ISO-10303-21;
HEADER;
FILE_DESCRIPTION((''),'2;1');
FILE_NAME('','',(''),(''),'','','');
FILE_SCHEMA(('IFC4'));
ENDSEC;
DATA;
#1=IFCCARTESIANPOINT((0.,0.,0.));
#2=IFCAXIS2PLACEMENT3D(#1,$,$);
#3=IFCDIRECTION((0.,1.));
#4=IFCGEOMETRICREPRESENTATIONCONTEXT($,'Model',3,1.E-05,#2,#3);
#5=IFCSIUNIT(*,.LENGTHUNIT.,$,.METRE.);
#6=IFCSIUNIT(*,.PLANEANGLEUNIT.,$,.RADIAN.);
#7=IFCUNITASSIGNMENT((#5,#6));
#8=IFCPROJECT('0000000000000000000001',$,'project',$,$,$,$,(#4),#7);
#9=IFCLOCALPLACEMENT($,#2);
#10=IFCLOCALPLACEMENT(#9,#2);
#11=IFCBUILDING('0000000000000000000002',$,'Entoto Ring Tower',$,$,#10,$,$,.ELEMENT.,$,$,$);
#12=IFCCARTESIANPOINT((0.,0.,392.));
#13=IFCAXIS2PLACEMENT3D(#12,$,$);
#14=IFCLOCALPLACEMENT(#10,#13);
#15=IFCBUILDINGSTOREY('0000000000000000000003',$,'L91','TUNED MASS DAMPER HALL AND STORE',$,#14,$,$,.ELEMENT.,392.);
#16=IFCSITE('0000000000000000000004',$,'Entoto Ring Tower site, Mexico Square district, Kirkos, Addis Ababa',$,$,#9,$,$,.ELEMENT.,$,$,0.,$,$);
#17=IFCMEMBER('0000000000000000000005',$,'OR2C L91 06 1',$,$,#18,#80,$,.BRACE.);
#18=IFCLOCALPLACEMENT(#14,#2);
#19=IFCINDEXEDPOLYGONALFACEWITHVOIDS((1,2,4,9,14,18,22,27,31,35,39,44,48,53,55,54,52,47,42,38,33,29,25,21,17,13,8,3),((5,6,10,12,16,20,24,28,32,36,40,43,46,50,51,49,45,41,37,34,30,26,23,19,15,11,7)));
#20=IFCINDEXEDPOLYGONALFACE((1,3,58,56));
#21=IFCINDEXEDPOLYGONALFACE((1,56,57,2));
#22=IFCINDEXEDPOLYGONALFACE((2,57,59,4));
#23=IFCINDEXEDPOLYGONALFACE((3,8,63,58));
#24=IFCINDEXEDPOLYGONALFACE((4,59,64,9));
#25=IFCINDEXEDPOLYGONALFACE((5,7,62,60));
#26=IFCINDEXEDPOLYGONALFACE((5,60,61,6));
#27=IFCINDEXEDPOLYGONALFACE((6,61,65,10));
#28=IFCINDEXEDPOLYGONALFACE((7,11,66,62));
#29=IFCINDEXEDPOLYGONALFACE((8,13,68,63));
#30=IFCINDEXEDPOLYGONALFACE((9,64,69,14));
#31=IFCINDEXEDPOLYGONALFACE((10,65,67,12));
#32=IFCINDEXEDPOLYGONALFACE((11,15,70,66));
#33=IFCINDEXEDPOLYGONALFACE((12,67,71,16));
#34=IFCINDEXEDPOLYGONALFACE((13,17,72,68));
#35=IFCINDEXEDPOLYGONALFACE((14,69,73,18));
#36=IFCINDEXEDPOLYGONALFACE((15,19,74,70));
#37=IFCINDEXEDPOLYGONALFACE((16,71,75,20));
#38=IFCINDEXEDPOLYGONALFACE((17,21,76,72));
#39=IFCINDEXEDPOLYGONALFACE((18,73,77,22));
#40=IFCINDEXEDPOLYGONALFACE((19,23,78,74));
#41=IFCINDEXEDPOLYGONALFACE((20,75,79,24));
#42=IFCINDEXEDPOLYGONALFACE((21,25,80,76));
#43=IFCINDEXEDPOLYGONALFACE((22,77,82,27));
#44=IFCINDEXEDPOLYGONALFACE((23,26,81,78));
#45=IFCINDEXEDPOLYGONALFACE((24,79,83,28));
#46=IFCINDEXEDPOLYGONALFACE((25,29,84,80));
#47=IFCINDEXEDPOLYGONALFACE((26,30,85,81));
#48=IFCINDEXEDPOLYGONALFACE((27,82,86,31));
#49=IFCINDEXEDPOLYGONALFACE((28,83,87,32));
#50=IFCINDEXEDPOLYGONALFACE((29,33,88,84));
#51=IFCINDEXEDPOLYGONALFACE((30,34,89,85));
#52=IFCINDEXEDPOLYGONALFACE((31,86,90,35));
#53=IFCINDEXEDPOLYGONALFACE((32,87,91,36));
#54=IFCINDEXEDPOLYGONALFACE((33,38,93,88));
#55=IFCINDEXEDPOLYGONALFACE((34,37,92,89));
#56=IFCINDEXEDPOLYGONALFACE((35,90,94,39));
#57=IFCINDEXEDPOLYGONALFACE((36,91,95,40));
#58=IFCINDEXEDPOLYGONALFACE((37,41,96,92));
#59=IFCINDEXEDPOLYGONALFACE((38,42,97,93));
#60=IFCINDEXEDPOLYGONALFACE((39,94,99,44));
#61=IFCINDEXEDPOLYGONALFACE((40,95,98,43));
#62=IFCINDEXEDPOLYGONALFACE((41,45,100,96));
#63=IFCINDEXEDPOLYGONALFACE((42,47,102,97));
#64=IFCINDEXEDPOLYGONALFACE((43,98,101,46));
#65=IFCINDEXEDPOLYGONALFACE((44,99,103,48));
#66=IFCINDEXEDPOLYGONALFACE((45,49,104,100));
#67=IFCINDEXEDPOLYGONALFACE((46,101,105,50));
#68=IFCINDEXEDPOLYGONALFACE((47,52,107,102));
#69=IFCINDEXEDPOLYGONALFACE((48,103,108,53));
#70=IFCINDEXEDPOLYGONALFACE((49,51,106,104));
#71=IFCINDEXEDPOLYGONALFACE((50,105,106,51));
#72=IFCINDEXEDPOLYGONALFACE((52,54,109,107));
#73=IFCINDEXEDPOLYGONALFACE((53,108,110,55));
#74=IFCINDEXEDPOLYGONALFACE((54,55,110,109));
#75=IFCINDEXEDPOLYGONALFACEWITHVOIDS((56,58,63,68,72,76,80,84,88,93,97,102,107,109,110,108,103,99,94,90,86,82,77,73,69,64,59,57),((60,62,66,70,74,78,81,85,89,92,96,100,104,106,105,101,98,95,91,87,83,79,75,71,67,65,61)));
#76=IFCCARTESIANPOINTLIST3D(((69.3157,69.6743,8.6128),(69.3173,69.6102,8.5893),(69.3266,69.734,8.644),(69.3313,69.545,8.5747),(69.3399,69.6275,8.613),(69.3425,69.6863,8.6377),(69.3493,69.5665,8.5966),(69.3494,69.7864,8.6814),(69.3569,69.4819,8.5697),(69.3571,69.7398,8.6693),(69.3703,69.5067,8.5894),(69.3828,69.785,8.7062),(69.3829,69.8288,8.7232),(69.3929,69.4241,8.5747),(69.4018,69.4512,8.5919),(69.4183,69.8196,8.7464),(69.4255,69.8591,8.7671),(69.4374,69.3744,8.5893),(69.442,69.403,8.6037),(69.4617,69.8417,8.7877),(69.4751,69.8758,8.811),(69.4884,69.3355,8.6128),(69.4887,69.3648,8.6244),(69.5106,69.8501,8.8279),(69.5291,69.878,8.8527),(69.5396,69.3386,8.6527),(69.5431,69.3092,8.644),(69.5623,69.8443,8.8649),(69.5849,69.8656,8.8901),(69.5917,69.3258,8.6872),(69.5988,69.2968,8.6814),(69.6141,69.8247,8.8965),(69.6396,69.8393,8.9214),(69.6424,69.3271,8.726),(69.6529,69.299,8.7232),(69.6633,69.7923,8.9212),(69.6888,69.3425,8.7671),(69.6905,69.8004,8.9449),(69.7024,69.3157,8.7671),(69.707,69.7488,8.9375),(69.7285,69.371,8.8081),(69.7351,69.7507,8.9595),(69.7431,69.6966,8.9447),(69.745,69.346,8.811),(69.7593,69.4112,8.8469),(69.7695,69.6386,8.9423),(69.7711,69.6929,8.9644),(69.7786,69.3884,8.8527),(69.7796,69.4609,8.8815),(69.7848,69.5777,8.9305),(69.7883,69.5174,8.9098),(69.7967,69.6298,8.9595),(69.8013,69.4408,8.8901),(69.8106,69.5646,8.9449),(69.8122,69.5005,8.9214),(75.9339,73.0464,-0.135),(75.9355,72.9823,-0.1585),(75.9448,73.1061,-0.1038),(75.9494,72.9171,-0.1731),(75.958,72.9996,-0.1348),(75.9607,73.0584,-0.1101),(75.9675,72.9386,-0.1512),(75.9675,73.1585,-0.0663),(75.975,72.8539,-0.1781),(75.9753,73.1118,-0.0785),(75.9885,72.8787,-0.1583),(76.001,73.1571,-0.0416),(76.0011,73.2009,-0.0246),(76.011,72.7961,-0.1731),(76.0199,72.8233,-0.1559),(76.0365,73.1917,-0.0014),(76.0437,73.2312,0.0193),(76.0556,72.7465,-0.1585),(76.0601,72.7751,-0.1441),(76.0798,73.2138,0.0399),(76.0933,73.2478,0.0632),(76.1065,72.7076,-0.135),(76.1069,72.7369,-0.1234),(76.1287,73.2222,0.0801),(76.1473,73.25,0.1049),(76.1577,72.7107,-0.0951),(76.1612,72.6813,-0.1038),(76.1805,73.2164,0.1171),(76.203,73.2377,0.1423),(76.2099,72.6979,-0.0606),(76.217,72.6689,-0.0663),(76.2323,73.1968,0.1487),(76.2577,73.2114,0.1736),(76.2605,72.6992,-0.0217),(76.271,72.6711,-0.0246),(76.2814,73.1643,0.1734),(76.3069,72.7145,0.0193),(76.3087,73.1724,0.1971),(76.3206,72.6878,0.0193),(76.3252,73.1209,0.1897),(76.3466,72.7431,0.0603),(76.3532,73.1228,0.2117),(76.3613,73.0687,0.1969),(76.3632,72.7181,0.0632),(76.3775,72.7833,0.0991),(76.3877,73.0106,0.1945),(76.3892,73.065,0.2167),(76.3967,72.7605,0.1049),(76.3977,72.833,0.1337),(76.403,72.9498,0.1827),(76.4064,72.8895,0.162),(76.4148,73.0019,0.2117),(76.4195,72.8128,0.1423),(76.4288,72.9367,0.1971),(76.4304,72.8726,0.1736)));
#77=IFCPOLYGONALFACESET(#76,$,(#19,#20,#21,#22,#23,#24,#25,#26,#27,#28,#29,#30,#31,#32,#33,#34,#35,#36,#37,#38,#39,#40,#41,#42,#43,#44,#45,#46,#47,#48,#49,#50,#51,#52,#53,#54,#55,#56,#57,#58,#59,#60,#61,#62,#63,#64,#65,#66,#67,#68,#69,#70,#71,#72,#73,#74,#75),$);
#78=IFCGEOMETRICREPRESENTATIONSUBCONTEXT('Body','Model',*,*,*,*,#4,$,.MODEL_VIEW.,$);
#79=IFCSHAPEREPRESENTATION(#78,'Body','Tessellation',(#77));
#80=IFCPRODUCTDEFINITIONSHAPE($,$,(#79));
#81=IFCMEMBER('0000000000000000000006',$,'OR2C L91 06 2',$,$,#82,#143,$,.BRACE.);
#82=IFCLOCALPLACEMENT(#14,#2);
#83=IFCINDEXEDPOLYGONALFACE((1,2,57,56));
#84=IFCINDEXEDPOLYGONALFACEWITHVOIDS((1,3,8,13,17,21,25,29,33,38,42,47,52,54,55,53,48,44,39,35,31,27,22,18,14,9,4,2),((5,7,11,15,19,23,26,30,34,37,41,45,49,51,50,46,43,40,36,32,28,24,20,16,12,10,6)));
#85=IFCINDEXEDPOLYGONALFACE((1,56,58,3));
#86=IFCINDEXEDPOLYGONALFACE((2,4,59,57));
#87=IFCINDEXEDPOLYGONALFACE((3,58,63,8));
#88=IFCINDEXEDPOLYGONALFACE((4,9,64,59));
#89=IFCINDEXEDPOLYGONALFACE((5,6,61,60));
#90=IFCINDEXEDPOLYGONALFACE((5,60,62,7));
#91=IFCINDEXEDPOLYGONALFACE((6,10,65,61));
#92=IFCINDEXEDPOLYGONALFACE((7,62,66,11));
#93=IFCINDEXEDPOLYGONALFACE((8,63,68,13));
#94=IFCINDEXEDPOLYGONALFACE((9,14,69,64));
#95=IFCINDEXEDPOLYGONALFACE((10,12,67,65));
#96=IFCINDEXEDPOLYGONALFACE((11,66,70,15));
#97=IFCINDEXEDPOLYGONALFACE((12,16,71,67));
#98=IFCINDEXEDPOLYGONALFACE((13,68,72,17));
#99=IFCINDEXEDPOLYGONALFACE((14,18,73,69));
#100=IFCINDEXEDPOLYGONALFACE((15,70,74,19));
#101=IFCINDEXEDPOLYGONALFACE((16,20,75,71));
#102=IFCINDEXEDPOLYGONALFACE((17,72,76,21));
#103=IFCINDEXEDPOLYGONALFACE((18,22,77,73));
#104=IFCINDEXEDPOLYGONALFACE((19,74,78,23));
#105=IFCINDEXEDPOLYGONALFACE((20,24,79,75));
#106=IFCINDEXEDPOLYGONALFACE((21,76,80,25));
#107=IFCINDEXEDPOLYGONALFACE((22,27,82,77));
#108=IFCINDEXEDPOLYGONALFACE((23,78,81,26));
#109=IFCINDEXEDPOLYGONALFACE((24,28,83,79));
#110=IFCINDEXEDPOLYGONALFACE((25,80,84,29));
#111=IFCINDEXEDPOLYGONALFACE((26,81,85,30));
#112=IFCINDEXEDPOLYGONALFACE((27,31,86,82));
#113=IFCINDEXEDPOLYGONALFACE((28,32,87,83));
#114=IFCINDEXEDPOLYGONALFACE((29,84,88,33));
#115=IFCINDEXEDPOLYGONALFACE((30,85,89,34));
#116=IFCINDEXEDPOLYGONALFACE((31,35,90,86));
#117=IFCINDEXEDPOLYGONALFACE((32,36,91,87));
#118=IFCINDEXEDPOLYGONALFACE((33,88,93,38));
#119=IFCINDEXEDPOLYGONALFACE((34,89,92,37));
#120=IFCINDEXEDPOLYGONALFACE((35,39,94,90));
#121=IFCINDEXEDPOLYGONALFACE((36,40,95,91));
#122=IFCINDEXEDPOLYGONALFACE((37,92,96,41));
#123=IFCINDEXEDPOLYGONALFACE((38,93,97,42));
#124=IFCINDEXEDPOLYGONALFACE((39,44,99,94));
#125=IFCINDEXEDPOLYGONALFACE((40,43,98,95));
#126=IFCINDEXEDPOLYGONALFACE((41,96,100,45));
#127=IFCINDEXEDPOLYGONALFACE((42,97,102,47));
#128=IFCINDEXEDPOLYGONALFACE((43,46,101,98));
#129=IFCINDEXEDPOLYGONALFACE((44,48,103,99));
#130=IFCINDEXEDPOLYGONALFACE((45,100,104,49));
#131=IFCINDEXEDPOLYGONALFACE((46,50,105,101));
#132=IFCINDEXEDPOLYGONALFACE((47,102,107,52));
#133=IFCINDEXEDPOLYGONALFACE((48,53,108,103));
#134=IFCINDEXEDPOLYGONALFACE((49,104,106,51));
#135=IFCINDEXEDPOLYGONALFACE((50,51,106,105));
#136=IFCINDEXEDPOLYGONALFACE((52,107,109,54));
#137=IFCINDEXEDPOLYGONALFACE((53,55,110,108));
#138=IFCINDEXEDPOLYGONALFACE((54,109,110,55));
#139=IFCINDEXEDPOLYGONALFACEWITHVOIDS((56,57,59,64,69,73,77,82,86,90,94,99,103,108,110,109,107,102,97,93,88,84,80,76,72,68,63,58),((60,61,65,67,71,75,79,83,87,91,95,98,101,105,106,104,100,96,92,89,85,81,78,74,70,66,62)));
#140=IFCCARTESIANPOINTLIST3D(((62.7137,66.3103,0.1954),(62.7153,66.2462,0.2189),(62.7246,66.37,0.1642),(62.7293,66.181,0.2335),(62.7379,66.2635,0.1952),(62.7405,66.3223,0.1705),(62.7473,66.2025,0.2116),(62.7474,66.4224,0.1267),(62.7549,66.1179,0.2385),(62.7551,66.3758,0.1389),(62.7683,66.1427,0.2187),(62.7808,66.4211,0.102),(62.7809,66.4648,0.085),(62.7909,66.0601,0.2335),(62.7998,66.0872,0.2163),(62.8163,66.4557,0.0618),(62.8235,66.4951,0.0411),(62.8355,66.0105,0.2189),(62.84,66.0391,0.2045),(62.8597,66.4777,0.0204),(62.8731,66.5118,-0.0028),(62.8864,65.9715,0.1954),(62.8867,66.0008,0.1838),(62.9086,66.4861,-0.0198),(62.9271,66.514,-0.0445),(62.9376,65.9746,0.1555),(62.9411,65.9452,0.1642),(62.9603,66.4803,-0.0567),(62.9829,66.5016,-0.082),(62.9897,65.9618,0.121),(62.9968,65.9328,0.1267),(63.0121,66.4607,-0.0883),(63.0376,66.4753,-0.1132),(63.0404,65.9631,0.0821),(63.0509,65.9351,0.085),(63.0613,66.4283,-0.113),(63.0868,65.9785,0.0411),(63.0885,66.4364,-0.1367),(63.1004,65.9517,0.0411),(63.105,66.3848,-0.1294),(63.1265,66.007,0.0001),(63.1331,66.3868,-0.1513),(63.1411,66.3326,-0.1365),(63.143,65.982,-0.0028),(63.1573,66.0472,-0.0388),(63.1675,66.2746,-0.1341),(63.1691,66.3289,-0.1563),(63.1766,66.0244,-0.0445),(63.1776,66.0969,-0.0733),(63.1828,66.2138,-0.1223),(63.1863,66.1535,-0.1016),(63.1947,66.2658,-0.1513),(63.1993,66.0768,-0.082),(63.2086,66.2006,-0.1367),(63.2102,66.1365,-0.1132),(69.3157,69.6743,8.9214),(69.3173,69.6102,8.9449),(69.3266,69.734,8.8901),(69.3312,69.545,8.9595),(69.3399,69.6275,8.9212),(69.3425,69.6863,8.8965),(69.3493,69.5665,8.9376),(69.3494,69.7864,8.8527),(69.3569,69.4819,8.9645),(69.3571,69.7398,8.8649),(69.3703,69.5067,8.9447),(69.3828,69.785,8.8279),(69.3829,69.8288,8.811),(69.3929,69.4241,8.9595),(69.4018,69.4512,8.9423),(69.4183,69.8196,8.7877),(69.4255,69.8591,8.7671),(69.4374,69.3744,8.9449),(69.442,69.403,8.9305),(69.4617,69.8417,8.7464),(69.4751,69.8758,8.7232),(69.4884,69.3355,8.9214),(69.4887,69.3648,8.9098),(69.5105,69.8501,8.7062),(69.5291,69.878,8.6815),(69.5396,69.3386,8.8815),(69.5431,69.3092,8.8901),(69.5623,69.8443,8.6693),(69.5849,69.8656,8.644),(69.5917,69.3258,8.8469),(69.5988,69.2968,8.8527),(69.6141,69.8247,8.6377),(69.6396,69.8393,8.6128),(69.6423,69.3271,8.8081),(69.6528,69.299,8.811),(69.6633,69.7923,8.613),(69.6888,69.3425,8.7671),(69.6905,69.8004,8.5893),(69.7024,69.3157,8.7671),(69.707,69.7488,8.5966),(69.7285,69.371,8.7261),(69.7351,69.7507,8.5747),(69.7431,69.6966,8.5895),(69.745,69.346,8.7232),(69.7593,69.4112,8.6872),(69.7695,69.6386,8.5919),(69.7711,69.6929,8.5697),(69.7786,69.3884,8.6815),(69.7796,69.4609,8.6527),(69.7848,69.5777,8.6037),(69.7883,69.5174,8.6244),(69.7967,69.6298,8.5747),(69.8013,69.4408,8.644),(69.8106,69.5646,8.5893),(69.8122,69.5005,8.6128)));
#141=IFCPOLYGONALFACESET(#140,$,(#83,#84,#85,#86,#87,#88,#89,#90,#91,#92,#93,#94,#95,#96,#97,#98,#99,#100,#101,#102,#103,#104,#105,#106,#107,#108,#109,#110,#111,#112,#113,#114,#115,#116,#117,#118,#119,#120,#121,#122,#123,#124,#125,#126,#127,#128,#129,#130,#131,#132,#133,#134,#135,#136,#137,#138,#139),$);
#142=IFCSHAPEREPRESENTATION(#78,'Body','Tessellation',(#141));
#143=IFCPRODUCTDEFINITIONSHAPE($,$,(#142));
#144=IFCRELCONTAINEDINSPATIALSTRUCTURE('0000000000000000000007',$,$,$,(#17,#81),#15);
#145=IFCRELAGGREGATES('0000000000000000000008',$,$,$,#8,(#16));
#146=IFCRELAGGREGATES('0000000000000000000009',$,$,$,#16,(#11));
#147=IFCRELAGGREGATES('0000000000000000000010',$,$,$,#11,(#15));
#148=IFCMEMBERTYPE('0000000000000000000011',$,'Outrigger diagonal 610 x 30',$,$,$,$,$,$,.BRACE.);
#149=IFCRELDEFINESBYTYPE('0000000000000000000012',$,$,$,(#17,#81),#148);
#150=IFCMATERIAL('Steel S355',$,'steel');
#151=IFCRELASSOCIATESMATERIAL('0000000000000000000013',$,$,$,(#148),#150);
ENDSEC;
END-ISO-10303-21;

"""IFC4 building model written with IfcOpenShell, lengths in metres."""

from ifc_helpers import new_model, si_unit, direction, frame, origin, origin_2d, place, context, subcontext, project, spatial, circle, hollow_circle, extrude, material, material_profile, profile_set, type_object, element, save


model = new_model("IFC4")

# Units and contexts
model_context = context("Model", 3, precision=1e-05, world=origin(), true_north=direction((0.0, 1.0)))
body_context = subcontext(model_context, "Body", "Model", "MODEL_VIEW")
ifc_project = project(units=[si_unit("LENGTHUNIT", "METRE"), si_unit("PLANEANGLEUNIT", "RADIAN")], contexts=[model_context])

# Site, building, storey
site_placement = place(None, origin())
site = spatial("IfcSite", under=ifc_project, at=site_placement, Name="Entoto Ring Tower site, Mexico Square district, Kirkos, Addis Ababa", CompositionType="ELEMENT", RefElevation=0.0)
building_placement = place(site_placement, origin())
building = spatial("IfcBuilding", under=site, at=building_placement, Name="Entoto Ring Tower", CompositionType="ELEMENT")
storey_placement = place(building_placement, frame((0.0, 0.0, 392.0)))
storey = spatial("IfcBuildingStorey", under=building, at=storey_placement, Name="L91", Description="TUNED MASS DAMPER HALL AND STORE", CompositionType="ELEMENT", Elevation=392.0)

# Members
ifc_material_1 = material(Name="Steel S355", Category="steel")
ifc_material_profile_1 = material_profile(ifc_material_1, hollow_circle(Radius=0.3049, WallThickness=0.03, at=origin_2d()), Name="CHS 610 x 30")
ifc_material_2 = material(Name="Concrete C60/75", Category="concrete")
ifc_material_profile_2 = material_profile(ifc_material_2, circle(Radius=0.2749, at=origin_2d()), Name="Concrete C60/75 infill")
ifc_profile_set_1 = profile_set([ifc_material_profile_1, ifc_material_profile_2], Name="Steel S355")
member_type_1 = type_object("IfcMemberType", Name="Outrigger diagonal 610 x 30", PredefinedType="BRACE", material=ifc_profile_set_1)
member_1_placement = place(storey_placement, frame((76.1821, 72.9595, 0.0193), z_axis=(-0.576704, -0.293841, 0.76228), x_axis=(0.453985, -0.891009, 0.0)))
element("IfcMember", 1, at=member_1_placement, inside=storey, type_object=member_type_1, Name="OR2C L91 06 1", PredefinedType="BRACE", context=body_context, shape_type="SweptSolid", body=[
    extrude(hollow_circle(Radius=0.3049, WallThickness=0.03, at=origin_2d()), origin(), (0.0, 0.0, 1.0), 11.4758),
])
member_2_placement = place(storey_placement, frame((69.564, 69.5874, 8.7671), z_axis=(-0.576718, -0.293861, -0.762261), x_axis=(0.454001, -0.891001, 0.0)))
element("IfcMember", 2, at=member_2_placement, inside=storey, type_object=member_type_1, Name="OR2C L91 06 2", PredefinedType="BRACE", context=body_context, shape_type="SweptSolid", body=[
    extrude(hollow_circle(Radius=0.3049, WallThickness=0.03, at=origin_2d()), origin(), (0.0, 0.0, 1.0), 11.4475),
])

save(model, "model.ifc")
